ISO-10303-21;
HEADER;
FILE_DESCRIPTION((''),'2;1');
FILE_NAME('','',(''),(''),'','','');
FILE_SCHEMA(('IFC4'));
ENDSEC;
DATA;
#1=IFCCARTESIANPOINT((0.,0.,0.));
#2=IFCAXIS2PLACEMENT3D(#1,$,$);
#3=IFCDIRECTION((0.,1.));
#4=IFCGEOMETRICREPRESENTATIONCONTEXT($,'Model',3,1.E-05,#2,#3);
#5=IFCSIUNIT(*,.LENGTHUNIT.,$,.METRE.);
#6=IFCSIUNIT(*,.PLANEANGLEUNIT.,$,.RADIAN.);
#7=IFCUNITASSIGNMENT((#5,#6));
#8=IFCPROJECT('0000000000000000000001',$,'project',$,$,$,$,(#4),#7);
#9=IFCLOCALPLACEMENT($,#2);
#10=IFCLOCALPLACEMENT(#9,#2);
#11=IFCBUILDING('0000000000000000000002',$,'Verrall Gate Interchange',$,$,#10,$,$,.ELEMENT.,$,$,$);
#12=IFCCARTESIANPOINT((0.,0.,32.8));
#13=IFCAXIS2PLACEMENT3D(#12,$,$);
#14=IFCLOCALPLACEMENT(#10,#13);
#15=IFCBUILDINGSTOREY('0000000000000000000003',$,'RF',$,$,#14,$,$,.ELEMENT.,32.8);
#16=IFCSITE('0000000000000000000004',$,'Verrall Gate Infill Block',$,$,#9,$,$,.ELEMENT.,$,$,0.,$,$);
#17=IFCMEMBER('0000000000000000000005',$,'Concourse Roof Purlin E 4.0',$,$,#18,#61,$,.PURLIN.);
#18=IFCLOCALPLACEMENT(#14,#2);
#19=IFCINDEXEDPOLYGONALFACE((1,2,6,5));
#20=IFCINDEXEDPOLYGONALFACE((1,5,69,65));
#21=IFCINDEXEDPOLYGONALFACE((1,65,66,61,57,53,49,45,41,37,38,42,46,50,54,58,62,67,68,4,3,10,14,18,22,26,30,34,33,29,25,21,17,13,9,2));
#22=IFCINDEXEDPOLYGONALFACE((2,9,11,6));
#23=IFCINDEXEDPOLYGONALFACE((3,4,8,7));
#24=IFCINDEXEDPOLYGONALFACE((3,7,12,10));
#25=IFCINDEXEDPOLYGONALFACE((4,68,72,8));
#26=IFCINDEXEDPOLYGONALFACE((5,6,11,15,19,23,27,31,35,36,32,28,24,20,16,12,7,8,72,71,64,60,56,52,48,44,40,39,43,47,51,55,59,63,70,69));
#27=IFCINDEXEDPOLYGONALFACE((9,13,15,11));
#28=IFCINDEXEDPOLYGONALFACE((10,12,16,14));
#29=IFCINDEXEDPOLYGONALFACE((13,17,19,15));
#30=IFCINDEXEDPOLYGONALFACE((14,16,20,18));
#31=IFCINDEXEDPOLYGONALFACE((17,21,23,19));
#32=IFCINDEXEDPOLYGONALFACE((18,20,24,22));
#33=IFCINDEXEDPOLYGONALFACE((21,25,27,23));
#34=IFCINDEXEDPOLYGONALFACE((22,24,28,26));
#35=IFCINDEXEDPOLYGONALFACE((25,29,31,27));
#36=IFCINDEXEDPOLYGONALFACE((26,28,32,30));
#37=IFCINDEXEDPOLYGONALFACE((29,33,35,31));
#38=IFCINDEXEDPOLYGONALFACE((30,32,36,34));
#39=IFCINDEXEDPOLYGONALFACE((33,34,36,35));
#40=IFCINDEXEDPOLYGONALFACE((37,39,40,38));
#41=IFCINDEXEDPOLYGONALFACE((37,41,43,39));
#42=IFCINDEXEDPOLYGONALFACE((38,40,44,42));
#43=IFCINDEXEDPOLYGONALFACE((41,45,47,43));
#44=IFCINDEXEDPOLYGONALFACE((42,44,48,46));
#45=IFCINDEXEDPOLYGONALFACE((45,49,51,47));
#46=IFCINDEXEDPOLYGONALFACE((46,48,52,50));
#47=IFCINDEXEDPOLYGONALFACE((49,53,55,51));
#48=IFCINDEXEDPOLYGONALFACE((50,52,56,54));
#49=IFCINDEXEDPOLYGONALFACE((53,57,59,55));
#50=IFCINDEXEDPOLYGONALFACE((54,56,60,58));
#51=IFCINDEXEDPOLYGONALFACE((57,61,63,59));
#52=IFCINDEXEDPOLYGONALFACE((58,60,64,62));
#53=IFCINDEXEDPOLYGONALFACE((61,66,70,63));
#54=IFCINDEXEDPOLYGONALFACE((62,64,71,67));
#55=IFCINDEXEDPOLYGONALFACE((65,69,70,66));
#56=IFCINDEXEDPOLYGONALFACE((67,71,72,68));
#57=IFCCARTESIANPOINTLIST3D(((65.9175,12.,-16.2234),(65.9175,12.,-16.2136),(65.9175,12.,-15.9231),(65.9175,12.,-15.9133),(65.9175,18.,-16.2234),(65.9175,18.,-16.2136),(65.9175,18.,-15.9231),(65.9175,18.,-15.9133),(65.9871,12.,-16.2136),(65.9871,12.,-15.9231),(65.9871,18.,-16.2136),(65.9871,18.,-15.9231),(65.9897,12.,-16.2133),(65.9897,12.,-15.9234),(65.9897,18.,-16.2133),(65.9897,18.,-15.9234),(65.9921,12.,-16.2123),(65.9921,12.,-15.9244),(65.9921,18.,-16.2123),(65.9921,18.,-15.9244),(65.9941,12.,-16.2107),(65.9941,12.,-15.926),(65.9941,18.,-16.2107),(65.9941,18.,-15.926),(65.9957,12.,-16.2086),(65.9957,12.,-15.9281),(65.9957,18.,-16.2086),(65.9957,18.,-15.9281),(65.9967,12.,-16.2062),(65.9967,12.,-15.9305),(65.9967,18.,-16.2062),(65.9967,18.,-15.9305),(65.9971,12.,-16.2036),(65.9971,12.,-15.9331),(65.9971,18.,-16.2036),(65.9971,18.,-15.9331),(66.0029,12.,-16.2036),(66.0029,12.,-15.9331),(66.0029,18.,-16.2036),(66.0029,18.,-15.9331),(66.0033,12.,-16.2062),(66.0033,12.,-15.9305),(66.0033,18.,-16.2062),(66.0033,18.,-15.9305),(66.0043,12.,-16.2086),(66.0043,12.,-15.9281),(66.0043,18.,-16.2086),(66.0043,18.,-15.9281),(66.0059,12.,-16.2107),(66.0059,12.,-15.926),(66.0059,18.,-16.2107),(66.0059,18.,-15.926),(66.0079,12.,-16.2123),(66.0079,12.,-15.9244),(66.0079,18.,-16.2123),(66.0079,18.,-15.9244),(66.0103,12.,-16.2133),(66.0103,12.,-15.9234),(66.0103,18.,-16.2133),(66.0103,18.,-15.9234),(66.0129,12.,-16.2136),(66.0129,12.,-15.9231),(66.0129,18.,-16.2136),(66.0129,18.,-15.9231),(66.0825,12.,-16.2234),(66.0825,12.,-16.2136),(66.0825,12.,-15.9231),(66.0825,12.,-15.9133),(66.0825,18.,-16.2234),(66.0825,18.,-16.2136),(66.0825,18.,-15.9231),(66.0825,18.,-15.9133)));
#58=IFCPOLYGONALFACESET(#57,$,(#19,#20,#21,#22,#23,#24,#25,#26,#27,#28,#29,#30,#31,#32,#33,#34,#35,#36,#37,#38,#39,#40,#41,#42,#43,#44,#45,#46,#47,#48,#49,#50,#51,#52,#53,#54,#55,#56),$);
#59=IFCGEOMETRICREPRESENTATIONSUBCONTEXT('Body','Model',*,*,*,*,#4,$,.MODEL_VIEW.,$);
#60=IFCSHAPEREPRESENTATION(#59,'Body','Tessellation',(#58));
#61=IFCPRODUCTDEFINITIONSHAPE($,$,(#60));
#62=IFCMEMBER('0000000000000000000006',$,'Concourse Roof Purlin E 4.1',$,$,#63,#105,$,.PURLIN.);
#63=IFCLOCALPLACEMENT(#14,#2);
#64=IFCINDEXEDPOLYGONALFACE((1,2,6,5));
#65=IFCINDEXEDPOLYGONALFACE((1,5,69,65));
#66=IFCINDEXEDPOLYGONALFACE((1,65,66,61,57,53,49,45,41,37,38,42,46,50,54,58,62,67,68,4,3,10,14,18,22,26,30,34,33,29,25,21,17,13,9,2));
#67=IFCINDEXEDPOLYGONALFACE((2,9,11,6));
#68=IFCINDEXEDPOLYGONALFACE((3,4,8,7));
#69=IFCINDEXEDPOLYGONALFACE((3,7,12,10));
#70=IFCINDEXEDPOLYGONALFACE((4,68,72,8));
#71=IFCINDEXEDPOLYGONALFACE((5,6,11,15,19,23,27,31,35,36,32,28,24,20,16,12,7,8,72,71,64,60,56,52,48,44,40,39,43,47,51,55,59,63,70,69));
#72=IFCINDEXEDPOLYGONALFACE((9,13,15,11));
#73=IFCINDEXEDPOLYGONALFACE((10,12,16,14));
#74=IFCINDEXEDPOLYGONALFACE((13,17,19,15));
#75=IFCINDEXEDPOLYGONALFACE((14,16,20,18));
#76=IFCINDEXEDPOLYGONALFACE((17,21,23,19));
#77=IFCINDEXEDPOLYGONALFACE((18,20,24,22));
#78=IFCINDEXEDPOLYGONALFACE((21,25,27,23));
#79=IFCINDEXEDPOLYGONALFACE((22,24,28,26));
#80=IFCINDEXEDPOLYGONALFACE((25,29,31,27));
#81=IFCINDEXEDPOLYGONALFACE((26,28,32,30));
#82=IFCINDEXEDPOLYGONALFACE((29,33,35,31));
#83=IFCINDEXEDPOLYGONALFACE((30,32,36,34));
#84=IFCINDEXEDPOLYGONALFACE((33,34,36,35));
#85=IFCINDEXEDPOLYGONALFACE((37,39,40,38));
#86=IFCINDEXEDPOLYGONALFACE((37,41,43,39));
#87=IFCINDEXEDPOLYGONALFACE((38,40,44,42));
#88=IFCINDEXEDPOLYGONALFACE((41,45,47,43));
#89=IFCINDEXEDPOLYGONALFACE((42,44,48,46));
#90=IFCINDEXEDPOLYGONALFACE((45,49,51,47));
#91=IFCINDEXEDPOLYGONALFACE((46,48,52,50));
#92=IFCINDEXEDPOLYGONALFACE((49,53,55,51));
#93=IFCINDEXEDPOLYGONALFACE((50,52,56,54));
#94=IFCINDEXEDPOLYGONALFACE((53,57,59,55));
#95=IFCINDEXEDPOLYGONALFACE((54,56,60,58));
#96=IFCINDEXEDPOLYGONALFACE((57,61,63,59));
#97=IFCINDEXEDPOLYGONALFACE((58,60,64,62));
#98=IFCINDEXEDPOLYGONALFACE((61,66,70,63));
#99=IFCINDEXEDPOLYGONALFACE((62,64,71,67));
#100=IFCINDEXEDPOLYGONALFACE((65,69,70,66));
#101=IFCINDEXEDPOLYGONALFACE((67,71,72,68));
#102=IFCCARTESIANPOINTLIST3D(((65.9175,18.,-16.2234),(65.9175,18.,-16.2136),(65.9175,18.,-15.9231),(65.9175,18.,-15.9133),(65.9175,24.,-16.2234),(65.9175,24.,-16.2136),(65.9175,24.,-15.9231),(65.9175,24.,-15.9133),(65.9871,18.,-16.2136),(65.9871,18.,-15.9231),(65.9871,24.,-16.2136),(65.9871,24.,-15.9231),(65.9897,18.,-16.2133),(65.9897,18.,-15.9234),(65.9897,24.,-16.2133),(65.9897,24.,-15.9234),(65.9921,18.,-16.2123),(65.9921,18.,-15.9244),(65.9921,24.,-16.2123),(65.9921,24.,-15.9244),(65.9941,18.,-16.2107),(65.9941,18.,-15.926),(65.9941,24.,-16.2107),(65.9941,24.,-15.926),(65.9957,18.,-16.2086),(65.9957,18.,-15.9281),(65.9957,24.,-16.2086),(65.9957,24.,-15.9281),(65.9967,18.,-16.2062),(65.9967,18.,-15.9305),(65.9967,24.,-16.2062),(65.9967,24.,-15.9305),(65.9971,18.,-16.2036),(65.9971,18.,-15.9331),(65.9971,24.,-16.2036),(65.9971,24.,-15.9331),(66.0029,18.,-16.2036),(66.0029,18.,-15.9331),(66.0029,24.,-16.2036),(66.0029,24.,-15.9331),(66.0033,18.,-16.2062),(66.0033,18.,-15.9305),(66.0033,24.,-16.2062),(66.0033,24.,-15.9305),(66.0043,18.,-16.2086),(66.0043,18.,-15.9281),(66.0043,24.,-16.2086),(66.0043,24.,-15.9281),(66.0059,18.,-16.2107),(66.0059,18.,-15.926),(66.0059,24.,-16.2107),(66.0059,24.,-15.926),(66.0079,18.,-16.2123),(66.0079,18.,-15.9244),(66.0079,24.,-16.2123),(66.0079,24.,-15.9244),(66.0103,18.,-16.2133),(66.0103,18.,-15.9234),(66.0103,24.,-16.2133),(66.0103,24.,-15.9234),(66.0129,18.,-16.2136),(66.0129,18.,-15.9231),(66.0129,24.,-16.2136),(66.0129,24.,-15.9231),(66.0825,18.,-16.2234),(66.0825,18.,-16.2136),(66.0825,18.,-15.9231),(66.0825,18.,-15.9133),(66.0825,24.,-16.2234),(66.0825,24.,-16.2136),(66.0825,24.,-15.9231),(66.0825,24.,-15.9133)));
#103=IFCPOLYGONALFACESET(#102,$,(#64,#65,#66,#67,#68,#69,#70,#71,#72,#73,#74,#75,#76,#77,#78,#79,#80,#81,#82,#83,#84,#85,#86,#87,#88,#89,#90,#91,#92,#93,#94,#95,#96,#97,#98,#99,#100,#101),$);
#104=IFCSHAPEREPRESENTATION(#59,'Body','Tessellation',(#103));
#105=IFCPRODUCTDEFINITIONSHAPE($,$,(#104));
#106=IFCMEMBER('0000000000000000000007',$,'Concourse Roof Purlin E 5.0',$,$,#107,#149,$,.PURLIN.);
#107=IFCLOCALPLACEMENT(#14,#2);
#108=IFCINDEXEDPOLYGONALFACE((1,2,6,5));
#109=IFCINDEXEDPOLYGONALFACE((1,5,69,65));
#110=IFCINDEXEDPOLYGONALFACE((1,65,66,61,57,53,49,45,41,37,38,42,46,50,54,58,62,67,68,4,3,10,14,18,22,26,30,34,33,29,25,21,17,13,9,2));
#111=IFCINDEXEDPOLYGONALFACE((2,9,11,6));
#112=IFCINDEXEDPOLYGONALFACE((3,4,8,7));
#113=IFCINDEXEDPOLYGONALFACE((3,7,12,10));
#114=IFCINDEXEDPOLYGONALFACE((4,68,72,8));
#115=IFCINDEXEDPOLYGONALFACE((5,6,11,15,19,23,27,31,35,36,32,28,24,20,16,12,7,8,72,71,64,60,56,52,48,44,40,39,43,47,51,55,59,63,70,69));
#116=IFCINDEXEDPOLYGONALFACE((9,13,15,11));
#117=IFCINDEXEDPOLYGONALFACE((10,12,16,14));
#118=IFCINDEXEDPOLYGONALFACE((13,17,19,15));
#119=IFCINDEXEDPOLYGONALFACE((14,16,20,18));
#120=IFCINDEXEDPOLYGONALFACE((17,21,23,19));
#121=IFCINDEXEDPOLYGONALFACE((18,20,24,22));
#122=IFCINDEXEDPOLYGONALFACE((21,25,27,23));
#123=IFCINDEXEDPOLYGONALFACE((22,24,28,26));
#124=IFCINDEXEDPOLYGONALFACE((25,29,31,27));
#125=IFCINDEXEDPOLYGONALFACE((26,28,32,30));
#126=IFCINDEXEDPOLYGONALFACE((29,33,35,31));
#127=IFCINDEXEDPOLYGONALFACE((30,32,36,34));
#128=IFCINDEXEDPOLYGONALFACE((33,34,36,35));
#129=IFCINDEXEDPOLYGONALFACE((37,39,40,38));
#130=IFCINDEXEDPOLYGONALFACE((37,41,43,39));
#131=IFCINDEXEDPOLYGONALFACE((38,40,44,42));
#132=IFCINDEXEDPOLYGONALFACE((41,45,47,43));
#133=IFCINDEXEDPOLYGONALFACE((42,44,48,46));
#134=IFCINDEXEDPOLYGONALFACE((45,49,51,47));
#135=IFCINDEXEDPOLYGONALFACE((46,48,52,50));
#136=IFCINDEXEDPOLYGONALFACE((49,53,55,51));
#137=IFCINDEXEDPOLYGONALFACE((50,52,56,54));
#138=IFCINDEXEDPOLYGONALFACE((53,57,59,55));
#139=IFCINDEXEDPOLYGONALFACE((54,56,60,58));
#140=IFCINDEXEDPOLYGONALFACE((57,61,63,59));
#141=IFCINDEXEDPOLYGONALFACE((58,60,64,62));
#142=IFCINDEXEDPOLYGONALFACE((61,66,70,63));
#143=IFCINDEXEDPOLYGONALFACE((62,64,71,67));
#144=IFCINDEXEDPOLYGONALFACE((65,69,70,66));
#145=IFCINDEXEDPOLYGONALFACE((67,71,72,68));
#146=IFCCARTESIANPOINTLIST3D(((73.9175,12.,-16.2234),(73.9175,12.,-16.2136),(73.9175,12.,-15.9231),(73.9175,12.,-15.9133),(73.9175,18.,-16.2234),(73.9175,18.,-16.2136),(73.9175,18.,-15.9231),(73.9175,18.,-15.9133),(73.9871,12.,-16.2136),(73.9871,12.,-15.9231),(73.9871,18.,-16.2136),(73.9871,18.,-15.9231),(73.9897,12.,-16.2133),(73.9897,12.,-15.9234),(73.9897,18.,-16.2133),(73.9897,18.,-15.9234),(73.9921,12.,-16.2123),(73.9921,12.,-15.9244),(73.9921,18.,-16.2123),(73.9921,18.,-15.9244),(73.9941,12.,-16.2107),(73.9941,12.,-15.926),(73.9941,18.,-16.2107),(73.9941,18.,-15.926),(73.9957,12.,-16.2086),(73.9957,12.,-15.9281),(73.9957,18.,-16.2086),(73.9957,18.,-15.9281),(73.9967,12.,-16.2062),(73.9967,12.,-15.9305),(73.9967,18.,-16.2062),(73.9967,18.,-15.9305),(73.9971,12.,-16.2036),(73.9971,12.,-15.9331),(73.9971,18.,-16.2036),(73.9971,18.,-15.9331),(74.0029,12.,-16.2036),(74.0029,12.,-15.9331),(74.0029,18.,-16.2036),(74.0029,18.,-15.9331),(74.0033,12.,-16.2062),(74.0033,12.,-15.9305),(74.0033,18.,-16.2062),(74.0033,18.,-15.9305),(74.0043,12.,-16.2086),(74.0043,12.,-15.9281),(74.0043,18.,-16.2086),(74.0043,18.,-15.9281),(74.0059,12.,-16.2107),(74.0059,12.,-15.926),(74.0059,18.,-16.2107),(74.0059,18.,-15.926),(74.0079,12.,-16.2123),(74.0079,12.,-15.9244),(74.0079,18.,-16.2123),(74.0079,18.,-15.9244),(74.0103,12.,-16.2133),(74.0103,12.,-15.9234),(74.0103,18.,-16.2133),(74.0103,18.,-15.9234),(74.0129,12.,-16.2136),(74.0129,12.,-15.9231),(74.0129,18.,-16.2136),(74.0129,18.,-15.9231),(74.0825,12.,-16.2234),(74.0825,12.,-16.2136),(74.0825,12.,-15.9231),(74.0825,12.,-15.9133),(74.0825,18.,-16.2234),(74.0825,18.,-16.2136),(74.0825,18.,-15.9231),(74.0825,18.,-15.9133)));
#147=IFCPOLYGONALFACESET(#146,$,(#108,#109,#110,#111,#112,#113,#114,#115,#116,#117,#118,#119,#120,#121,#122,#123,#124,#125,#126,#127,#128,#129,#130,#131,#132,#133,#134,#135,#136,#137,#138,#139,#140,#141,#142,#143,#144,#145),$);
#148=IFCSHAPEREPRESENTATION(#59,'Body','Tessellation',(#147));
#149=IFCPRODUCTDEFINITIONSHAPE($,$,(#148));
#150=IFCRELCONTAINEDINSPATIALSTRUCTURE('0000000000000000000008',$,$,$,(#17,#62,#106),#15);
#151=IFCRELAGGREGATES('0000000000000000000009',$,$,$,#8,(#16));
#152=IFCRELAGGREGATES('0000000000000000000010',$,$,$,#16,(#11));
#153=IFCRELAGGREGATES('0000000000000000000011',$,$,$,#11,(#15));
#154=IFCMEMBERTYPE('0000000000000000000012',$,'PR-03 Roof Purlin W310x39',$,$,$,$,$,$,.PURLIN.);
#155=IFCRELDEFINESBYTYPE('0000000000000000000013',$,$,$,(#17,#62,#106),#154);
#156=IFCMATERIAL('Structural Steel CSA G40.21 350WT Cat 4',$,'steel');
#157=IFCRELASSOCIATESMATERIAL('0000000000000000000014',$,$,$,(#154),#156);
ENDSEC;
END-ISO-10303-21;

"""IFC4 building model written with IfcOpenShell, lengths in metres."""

from ifc_helpers import new_model, si_unit, direction, frame, origin, origin_2d, place, context, subcontext, project, spatial, i_section, extrude, material, material_profile, profile_set, type_object, element, save


model = new_model("IFC4")

# Units and contexts
model_context = context("Model", 3, precision=1e-05, world=origin(), true_north=direction((0.0, 1.0)))
body_context = subcontext(model_context, "Body", "Model", "MODEL_VIEW")
ifc_project = project(units=[si_unit("LENGTHUNIT", "METRE"), si_unit("PLANEANGLEUNIT", "RADIAN")], contexts=[model_context])

# Site, building, storey
site_placement = place(None, origin())
site = spatial("IfcSite", under=ifc_project, at=site_placement, Name="Verrall Gate Infill Block", CompositionType="ELEMENT", RefElevation=0.0)
building_placement = place(site_placement, origin())
building = spatial("IfcBuilding", under=site, at=building_placement, Name="Verrall Gate Interchange", CompositionType="ELEMENT")
storey_placement = place(building_placement, frame((0.0, 0.0, 32.8)))
storey = spatial("IfcBuildingStorey", under=building, at=storey_placement, Name="RF", CompositionType="ELEMENT", Elevation=32.8)

# Members
ifc_material_1 = material(Name="Structural Steel CSA G40.21 350WT Cat 4", Category="steel")
ifc_material_profile_1 = material_profile(ifc_material_1, i_section(OverallWidth=0.165, OverallDepth=0.3101, WebThickness=0.0059, FlangeThickness=0.0098, FilletRadius=0.01, at=origin_2d()), Name="W310x39")
ifc_profile_set_1 = profile_set([ifc_material_profile_1], Name="Structural Steel CSA G40.21 350WT Cat 4")
member_type_1 = type_object("IfcMemberType", Name="PR-03 Roof Purlin W310x39", PredefinedType="PURLIN", material=ifc_profile_set_1)
for number, where, z_axis, x_axis, name in (
    (1, (66.0, 12.0, -16.0684), (0.0, 1.0, 0.0), (-1.0, 0.0, 0.0), "Concourse Roof Purlin E 4.0"),
    (2, (66.0, 18.0, -16.0684), (0.0, 1.0, 0.0), (-1.0, 0.0, 0.0), "Concourse Roof Purlin E 4.1"),
    (3, (74.0, 12.0, -16.0684), (0.0, 1.0, 0.0), (-1.0, 0.0, 0.0), "Concourse Roof Purlin E 5.0"),
):
    element("IfcMember", number, at=place(storey_placement, frame(where, z_axis=z_axis, x_axis=x_axis)), inside=storey, type_object=member_type_1, Name=name, PredefinedType="PURLIN", context=body_context, shape_type="SweptSolid", body=[
        extrude(i_section(OverallWidth=0.165, OverallDepth=0.3101, WebThickness=0.0059, FlangeThickness=0.0098, FilletRadius=0.01, at=origin_2d()), origin(), (0.0, 0.0, 1.0), 6.0),
    ])

save(model, "model.ifc")
